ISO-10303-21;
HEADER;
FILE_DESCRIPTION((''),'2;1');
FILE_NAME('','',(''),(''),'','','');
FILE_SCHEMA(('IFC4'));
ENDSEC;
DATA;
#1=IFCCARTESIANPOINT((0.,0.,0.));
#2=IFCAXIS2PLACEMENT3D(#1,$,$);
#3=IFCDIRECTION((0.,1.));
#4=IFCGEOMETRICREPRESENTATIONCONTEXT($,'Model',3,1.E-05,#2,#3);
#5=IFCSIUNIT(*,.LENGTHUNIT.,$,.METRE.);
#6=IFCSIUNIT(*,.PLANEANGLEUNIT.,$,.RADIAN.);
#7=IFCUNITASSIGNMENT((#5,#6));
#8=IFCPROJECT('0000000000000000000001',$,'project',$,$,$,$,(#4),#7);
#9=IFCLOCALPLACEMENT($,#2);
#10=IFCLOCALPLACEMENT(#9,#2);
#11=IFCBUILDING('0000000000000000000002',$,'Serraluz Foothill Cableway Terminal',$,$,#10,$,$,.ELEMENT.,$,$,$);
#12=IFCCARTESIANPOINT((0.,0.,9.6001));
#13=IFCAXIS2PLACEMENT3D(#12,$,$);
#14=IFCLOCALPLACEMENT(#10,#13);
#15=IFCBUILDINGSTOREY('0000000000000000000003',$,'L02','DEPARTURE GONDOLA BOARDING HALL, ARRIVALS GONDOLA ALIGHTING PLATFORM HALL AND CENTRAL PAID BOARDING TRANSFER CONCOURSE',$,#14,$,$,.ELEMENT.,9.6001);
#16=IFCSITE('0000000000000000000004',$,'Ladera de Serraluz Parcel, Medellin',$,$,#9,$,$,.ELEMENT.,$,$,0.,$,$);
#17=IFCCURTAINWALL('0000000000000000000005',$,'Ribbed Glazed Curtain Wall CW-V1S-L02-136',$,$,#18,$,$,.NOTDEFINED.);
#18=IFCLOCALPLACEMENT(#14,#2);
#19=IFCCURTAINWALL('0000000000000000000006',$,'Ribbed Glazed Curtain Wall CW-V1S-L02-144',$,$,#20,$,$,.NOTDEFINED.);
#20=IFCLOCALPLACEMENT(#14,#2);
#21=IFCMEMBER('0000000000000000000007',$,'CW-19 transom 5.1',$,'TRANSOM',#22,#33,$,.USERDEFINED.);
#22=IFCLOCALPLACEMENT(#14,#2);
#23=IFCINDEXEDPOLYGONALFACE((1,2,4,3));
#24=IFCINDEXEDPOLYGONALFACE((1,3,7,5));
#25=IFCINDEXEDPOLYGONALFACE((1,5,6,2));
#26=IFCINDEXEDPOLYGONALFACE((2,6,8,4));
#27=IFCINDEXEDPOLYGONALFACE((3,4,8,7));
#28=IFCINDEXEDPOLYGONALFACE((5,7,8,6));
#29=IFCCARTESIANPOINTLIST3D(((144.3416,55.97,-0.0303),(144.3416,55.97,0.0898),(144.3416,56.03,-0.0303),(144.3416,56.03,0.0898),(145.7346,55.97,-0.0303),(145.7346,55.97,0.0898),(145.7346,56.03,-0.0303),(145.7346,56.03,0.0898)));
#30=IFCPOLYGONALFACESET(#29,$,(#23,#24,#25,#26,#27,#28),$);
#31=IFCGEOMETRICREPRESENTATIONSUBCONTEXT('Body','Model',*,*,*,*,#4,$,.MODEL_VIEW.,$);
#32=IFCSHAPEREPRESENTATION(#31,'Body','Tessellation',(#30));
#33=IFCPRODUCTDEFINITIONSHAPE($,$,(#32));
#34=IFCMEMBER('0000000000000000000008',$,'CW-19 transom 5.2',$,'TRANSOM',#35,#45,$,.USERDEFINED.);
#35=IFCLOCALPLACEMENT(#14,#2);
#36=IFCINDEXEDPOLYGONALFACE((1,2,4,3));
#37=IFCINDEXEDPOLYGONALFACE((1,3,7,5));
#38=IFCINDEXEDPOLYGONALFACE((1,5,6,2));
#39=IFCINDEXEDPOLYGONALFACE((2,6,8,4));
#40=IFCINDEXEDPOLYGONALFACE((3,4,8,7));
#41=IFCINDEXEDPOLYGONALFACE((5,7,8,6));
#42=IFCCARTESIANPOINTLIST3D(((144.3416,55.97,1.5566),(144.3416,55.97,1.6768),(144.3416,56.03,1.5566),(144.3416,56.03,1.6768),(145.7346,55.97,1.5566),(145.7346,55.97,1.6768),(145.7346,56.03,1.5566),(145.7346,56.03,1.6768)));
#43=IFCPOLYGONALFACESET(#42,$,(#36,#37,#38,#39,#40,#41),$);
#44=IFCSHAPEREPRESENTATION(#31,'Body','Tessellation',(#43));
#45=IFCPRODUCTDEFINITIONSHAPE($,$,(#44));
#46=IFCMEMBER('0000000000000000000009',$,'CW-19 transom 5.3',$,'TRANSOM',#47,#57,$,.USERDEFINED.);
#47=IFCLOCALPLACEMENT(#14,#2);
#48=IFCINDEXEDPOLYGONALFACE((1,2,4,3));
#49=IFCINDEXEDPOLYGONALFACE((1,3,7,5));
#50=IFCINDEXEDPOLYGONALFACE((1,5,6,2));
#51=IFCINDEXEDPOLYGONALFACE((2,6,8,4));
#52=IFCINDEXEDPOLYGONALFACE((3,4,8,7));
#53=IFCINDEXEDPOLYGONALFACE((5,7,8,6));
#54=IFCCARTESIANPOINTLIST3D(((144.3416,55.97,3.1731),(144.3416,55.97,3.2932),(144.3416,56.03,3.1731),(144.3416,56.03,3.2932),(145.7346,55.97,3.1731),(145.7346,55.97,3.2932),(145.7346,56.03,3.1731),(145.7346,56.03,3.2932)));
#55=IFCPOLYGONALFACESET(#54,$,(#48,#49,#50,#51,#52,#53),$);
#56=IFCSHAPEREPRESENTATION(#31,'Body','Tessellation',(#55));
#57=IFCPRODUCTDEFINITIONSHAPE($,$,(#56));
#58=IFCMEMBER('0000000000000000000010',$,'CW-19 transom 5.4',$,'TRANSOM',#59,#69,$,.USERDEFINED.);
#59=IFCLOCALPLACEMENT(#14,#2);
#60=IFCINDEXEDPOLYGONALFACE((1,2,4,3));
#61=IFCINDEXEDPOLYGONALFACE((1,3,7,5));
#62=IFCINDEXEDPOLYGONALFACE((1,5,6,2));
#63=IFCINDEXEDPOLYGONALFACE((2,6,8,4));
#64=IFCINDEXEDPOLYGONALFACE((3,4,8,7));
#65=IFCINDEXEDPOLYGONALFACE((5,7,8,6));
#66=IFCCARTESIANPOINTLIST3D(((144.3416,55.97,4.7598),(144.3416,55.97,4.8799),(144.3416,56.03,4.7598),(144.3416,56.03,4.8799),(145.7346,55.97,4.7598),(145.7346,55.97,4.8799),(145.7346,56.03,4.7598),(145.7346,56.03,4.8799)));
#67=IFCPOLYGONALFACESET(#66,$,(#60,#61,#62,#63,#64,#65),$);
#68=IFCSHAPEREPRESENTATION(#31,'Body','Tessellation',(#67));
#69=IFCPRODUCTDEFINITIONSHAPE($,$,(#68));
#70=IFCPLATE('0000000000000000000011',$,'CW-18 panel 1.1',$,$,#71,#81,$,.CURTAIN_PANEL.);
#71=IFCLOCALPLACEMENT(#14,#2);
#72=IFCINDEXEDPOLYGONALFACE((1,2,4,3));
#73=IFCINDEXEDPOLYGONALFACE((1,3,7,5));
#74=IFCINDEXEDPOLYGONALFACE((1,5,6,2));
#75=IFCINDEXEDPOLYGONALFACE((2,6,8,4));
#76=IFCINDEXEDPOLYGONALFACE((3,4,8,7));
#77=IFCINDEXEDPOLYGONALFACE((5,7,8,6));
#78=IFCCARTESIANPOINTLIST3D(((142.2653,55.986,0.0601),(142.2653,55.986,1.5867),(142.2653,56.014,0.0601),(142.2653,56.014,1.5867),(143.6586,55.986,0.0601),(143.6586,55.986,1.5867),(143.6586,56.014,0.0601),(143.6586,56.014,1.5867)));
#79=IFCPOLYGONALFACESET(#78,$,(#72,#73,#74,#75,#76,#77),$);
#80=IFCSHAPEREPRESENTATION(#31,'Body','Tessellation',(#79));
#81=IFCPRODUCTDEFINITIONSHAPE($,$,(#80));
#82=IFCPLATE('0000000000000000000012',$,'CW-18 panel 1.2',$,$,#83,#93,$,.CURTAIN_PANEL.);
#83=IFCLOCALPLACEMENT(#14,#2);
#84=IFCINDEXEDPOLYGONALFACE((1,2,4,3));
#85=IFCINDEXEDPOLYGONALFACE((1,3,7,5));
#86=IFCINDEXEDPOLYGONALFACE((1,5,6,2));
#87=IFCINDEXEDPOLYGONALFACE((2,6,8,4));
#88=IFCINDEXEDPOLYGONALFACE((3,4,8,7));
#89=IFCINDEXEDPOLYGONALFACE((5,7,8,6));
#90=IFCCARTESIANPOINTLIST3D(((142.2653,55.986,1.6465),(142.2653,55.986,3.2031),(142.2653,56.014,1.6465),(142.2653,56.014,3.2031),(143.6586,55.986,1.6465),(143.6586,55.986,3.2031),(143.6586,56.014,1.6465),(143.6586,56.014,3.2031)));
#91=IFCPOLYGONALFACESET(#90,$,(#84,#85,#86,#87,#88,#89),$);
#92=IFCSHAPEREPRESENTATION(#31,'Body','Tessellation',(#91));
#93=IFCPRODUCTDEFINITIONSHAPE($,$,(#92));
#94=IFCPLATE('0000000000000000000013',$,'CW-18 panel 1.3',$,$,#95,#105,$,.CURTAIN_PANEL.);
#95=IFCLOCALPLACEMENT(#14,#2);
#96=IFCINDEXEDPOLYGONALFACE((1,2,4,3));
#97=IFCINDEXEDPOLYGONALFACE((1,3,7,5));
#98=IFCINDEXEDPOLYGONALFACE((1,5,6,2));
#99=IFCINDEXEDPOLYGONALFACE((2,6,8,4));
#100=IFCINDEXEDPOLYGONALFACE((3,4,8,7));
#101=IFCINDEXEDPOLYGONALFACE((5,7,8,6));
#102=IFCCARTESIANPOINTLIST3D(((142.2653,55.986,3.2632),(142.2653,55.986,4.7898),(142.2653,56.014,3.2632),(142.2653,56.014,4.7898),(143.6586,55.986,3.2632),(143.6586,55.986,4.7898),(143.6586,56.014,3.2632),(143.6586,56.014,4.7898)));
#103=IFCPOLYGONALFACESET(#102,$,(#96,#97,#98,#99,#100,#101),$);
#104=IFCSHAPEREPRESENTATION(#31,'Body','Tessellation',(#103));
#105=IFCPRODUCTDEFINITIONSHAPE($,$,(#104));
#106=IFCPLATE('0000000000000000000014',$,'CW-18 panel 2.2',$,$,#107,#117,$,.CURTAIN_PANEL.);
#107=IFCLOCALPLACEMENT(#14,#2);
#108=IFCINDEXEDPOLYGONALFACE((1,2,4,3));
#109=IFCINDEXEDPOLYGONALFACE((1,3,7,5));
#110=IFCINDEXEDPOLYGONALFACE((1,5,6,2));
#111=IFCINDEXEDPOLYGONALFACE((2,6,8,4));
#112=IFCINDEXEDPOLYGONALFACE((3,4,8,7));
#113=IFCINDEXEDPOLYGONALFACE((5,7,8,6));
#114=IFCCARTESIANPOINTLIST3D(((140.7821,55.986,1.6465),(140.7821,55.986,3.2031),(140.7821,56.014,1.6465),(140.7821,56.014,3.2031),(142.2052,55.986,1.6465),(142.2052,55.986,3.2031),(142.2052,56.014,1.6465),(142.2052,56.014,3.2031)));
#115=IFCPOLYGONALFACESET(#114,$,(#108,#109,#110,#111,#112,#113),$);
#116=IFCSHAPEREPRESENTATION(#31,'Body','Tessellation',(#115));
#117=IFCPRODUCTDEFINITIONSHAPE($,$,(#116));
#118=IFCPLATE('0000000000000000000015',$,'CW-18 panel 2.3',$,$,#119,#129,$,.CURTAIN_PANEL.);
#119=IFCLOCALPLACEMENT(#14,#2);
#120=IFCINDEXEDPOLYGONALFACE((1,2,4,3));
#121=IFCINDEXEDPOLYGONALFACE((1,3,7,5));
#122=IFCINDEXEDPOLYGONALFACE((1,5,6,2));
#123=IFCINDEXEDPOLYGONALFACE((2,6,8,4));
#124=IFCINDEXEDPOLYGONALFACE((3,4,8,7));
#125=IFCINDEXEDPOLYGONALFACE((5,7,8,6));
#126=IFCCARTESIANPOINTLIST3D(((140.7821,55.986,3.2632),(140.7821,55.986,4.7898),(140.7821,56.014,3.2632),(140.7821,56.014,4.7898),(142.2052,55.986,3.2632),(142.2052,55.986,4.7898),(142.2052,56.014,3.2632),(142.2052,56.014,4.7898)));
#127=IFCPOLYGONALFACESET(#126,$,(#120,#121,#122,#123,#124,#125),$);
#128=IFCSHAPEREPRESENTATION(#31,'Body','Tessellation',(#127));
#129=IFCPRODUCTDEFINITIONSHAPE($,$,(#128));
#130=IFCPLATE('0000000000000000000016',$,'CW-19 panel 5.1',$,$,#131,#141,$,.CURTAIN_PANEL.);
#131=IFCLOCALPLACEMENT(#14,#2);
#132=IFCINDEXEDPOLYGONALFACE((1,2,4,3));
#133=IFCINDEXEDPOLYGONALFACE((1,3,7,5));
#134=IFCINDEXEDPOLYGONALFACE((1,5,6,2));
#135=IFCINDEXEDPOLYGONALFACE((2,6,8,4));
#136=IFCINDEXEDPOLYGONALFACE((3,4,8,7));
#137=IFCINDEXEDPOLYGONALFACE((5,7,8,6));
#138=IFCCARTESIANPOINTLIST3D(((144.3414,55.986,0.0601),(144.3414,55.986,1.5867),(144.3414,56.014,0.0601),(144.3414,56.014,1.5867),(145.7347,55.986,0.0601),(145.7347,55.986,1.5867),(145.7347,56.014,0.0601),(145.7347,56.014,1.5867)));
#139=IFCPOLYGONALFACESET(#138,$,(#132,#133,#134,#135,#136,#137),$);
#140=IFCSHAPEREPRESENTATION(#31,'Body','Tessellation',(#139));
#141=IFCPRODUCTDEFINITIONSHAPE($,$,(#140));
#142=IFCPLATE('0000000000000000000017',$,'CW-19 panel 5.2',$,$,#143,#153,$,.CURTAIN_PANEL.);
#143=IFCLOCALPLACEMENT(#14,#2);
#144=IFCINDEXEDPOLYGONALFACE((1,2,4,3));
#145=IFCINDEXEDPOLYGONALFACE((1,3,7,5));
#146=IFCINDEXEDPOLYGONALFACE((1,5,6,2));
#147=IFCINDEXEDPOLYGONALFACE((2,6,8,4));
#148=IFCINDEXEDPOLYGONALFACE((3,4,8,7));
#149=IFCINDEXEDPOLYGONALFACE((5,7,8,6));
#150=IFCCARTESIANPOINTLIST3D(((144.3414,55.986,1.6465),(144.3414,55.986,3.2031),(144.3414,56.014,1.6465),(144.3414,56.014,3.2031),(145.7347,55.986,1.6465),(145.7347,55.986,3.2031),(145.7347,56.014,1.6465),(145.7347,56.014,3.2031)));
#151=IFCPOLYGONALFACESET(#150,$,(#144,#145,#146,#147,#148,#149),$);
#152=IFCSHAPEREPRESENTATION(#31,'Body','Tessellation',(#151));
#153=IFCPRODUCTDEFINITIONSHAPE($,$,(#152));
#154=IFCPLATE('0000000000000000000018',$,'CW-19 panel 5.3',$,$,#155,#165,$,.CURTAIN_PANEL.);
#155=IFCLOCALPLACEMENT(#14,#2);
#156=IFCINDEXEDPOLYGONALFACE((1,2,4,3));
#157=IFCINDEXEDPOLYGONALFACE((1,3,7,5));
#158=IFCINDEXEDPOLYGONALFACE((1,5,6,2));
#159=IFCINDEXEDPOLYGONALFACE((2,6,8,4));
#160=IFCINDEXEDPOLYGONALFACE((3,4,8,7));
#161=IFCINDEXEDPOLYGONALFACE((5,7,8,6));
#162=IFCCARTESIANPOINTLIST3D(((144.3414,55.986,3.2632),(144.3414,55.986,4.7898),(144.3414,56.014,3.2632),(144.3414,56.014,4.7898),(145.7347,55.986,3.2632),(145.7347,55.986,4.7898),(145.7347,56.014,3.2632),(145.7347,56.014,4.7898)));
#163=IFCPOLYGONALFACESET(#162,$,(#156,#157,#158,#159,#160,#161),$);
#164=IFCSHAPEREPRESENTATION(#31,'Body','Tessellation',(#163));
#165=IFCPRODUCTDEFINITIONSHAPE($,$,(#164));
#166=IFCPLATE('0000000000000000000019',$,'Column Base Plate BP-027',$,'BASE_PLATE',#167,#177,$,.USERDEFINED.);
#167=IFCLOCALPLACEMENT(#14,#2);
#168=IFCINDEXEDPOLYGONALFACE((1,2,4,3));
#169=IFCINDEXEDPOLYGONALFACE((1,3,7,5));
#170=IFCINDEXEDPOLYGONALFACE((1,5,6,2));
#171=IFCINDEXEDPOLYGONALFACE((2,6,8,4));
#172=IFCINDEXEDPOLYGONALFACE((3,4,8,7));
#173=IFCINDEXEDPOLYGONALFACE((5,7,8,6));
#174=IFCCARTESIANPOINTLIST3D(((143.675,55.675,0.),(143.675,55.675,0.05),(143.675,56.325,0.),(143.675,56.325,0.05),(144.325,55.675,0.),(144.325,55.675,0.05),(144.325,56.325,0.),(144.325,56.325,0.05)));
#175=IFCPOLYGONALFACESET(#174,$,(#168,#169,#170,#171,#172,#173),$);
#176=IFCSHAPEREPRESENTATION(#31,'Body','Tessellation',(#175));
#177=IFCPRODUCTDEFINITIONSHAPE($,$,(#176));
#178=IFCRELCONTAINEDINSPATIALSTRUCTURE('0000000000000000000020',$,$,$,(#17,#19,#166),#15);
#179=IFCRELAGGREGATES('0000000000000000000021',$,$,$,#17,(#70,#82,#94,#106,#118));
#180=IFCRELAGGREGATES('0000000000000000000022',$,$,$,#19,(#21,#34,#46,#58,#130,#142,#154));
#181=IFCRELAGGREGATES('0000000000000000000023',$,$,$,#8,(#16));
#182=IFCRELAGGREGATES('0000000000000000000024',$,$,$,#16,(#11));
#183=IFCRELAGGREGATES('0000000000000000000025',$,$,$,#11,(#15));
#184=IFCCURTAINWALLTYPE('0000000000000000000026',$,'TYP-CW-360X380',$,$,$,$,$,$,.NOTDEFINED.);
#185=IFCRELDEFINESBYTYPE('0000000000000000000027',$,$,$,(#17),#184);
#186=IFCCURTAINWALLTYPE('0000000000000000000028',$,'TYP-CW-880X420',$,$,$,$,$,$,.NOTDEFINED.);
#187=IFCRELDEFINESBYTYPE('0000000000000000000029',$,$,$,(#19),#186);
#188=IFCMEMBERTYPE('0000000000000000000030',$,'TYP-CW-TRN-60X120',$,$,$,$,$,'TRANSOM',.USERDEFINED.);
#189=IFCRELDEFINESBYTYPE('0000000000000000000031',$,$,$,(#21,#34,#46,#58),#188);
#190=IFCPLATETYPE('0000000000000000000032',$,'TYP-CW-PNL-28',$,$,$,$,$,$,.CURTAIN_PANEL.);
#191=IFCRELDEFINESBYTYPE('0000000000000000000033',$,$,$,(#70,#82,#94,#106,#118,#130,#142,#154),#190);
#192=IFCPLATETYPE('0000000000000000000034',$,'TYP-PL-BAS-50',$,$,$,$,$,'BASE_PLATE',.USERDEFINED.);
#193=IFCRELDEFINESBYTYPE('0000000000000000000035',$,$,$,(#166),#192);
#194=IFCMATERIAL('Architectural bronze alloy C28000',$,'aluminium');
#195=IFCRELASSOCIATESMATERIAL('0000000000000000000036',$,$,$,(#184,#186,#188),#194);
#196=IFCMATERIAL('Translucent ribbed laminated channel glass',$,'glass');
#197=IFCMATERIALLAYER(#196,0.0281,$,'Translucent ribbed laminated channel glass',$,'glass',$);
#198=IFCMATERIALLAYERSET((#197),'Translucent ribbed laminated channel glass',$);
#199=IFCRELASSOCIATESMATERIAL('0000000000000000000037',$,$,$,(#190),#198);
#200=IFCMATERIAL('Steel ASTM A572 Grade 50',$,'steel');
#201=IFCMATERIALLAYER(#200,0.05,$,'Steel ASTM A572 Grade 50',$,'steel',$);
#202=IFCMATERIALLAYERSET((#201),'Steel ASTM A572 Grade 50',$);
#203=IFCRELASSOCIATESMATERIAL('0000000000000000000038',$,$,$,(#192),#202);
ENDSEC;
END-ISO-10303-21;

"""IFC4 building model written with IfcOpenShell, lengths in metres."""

from ifc_helpers import new_model, si_unit, direction, frame, origin, origin_2d, place, context, subcontext, project, spatial, rectangle, extrude, material, layer, layer_set, material_profile, profile_set, type_object, element, aggregate, save


model = new_model("IFC4")

# Units and contexts
model_context = context("Model", 3, precision=1e-05, world=origin(), true_north=direction((0.0, 1.0)))
body_context = subcontext(model_context, "Body", "Model", "MODEL_VIEW")
ifc_project = project(units=[si_unit("LENGTHUNIT", "METRE"), si_unit("PLANEANGLEUNIT", "RADIAN")], contexts=[model_context])

# Site, building, storey
site_placement = place(None, origin())
site = spatial("IfcSite", under=ifc_project, at=site_placement, Name="Ladera de Serraluz Parcel, Medellin", CompositionType="ELEMENT", RefElevation=0.0)
building_placement = place(site_placement, origin())
building = spatial("IfcBuilding", under=site, at=building_placement, Name="Serraluz Foothill Cableway Terminal", CompositionType="ELEMENT")
storey_placement = place(building_placement, frame((0.0, 0.0, 9.6001)))
storey = spatial("IfcBuildingStorey", under=building, at=storey_placement, Name="L02", Description="DEPARTURE GONDOLA BOARDING HALL, ARRIVALS GONDOLA ALIGHTING PLATFORM HALL AND CENTRAL PAID BOARDING TRANSFER CONCOURSE", CompositionType="ELEMENT", Elevation=9.6001)

# Curtain wall
ifc_material_1 = material(Name="Architectural bronze alloy C28000", Category="aluminium")
curtain_wall_type_1 = type_object("IfcCurtainWallType", Name="TYP-CW-360X380", PredefinedType="NOTDEFINED", material=ifc_material_1)
curtain_wall_1_placement = place(storey_placement, origin())
curtain_wall_1 = element("IfcCurtainWall", 1, at=curtain_wall_1_placement, inside=storey, type_object=curtain_wall_type_1, Name="Ribbed Glazed Curtain Wall CW-V1S-L02-136", PredefinedType="NOTDEFINED")

# Curtain wall
curtain_wall_type_2 = type_object("IfcCurtainWallType", Name="TYP-CW-880X420", PredefinedType="NOTDEFINED", material=ifc_material_1)
curtain_wall_2_placement = place(storey_placement, origin())
curtain_wall_2 = element("IfcCurtainWall", 2, at=curtain_wall_2_placement, inside=storey, type_object=curtain_wall_type_2, Name="Ribbed Glazed Curtain Wall CW-V1S-L02-144", PredefinedType="NOTDEFINED")

# Members
ifc_material_profile_1 = material_profile(ifc_material_1, rectangle(XDim=0.0601, YDim=0.1201, at=origin_2d()), Name="ALU TRANSOM 60x120")
ifc_profile_set_1 = profile_set([ifc_material_profile_1], Name="Architectural bronze alloy C28000")
member_type_1 = type_object("IfcMemberType", Name="TYP-CW-TRN-60X120", ElementType="TRANSOM", PredefinedType="USERDEFINED", material=ifc_profile_set_1)
member_1_placement = place(storey_placement, frame((145.7346, 56.0, 0.0298), z_axis=(-1.0, 0.0, 0.0), x_axis=(0.0, -1.0, 0.0)))
member_1 = element("IfcMember", 3, at=member_1_placement, type_object=member_type_1, Name="CW-19 transom 5.1", ObjectType="TRANSOM", PredefinedType="USERDEFINED", context=body_context, shape_type="SweptSolid", body=[
    extrude(rectangle(XDim=0.0601, YDim=0.1201, at=origin_2d()), origin(), (0.0, 0.0, 1.0), 1.3931),
])
member_2_placement = place(storey_placement, frame((145.7346, 56.0, 1.6167), z_axis=(-1.0, 0.0, 0.0), x_axis=(0.0, -1.0, 0.0)))
member_2 = element("IfcMember", 4, at=member_2_placement, type_object=member_type_1, Name="CW-19 transom 5.2", ObjectType="TRANSOM", PredefinedType="USERDEFINED", context=body_context, shape_type="SweptSolid", body=[
    extrude(rectangle(XDim=0.0601, YDim=0.1201, at=origin_2d()), origin(), (0.0, 0.0, 1.0), 1.3931),
])
member_3_placement = place(storey_placement, frame((145.7346, 56.0, 3.2332), z_axis=(-1.0, 0.0, 0.0), x_axis=(0.0, -1.0, 0.0)))
member_3 = element("IfcMember", 5, at=member_3_placement, type_object=member_type_1, Name="CW-19 transom 5.3", ObjectType="TRANSOM", PredefinedType="USERDEFINED", context=body_context, shape_type="SweptSolid", body=[
    extrude(rectangle(XDim=0.0601, YDim=0.1201, at=origin_2d()), origin(), (0.0, 0.0, 1.0), 1.3931),
])
member_4_placement = place(storey_placement, frame((145.7346, 56.0, 4.8198), z_axis=(-1.0, 0.0, 0.0), x_axis=(0.0, -1.0, 0.0)))
member_4 = element("IfcMember", 6, at=member_4_placement, type_object=member_type_1, Name="CW-19 transom 5.4", ObjectType="TRANSOM", PredefinedType="USERDEFINED", context=body_context, shape_type="SweptSolid", body=[
    extrude(rectangle(XDim=0.0601, YDim=0.1201, at=origin_2d()), origin(), (0.0, 0.0, 1.0), 1.3931),
])

# Plates
ifc_material_2 = material(Name="Translucent ribbed laminated channel glass", Category="glass")
ifc_layer_1 = layer(ifc_material_2, 0.0281, Name="Translucent ribbed laminated channel glass", Category="glass")
ifc_layer_set_1 = layer_set([ifc_layer_1], Name="Translucent ribbed laminated channel glass")
plate_type_1 = type_object("IfcPlateType", Name="TYP-CW-PNL-28", PredefinedType="CURTAIN_PANEL", material=ifc_layer_set_1)
plate_1_placement = place(storey_placement, frame((142.9619, 56.0, 0.0601), z_axis=(0.0, 0.0, 1.0), x_axis=(-1.0, 0.0, 0.0)))
plate_1 = element("IfcPlate", 7, at=plate_1_placement, type_object=plate_type_1, Name="CW-18 panel 1.1", PredefinedType="CURTAIN_PANEL", context=body_context, shape_type="SweptSolid", body=[
    extrude(rectangle(XDim=1.3933, YDim=0.0281, at=origin_2d()), origin(), (0.0, 0.0, 1.0), 1.5266),
])
plate_2_placement = place(storey_placement, frame((142.9619, 56.0, 1.6465), z_axis=(0.0, 0.0, 1.0), x_axis=(-1.0, 0.0, 0.0)))
plate_2 = element("IfcPlate", 8, at=plate_2_placement, type_object=plate_type_1, Name="CW-18 panel 1.2", PredefinedType="CURTAIN_PANEL", context=body_context, shape_type="SweptSolid", body=[
    extrude(rectangle(XDim=1.3933, YDim=0.0281, at=origin_2d()), origin(), (0.0, 0.0, 1.0), 1.5566),
])
plate_3_placement = place(storey_placement, frame((142.9619, 56.0, 3.2632), z_axis=(0.0, 0.0, 1.0), x_axis=(-1.0, 0.0, 0.0)))
plate_3 = element("IfcPlate", 9, at=plate_3_placement, type_object=plate_type_1, Name="CW-18 panel 1.3", PredefinedType="CURTAIN_PANEL", context=body_context, shape_type="SweptSolid", body=[
    extrude(rectangle(XDim=1.3933, YDim=0.0281, at=origin_2d()), origin(), (0.0, 0.0, 1.0), 1.5266),
])
plate_4_placement = place(storey_placement, frame((141.4937, 56.0, 1.6465), z_axis=(0.0, 0.0, 1.0), x_axis=(-1.0, 0.0, 0.0)))
plate_4 = element("IfcPlate", 10, at=plate_4_placement, type_object=plate_type_1, Name="CW-18 panel 2.2", PredefinedType="CURTAIN_PANEL", context=body_context, shape_type="SweptSolid", body=[
    extrude(rectangle(XDim=1.4231, YDim=0.0281, at=origin_2d()), origin(), (0.0, 0.0, 1.0), 1.5566),
])
plate_5_placement = place(storey_placement, frame((141.4937, 56.0, 3.2632), z_axis=(0.0, 0.0, 1.0), x_axis=(-1.0, 0.0, 0.0)))
plate_5 = element("IfcPlate", 11, at=plate_5_placement, type_object=plate_type_1, Name="CW-18 panel 2.3", PredefinedType="CURTAIN_PANEL", context=body_context, shape_type="SweptSolid", body=[
    extrude(rectangle(XDim=1.4231, YDim=0.0281, at=origin_2d()), origin(), (0.0, 0.0, 1.0), 1.5266),
])
aggregate(curtain_wall_1, [plate_1, plate_2, plate_3, plate_4, plate_5])
plate_6_placement = place(storey_placement, frame((145.0381, 56.0, 0.0601), z_axis=(0.0, 0.0, 1.0), x_axis=(-1.0, 0.0, 0.0)))
plate_6 = element("IfcPlate", 12, at=plate_6_placement, type_object=plate_type_1, Name="CW-19 panel 5.1", PredefinedType="CURTAIN_PANEL", context=body_context, shape_type="SweptSolid", body=[
    extrude(rectangle(XDim=1.3933, YDim=0.0281, at=origin_2d()), origin(), (0.0, 0.0, 1.0), 1.5266),
])
plate_7_placement = place(storey_placement, frame((145.0381, 56.0, 1.6465), z_axis=(0.0, 0.0, 1.0), x_axis=(-1.0, 0.0, 0.0)))
plate_7 = element("IfcPlate", 13, at=plate_7_placement, type_object=plate_type_1, Name="CW-19 panel 5.2", PredefinedType="CURTAIN_PANEL", context=body_context, shape_type="SweptSolid", body=[
    extrude(rectangle(XDim=1.3933, YDim=0.0281, at=origin_2d()), origin(), (0.0, 0.0, 1.0), 1.5566),
])
plate_8_placement = place(storey_placement, frame((145.0381, 56.0, 3.2632), z_axis=(0.0, 0.0, 1.0), x_axis=(-1.0, 0.0, 0.0)))
plate_8 = element("IfcPlate", 14, at=plate_8_placement, type_object=plate_type_1, Name="CW-19 panel 5.3", PredefinedType="CURTAIN_PANEL", context=body_context, shape_type="SweptSolid", body=[
    extrude(rectangle(XDim=1.3933, YDim=0.0281, at=origin_2d()), origin(), (0.0, 0.0, 1.0), 1.5266),
])
aggregate(curtain_wall_2, [member_1, member_2, member_3, member_4, plate_6, plate_7, plate_8])
ifc_material_3 = material(Name="Steel ASTM A572 Grade 50", Category="steel")
ifc_layer_2 = layer(ifc_material_3, 0.05, Name="Steel ASTM A572 Grade 50", Category="steel")
ifc_layer_set_2 = layer_set([ifc_layer_2], Name="Steel ASTM A572 Grade 50")
plate_type_2 = type_object("IfcPlateType", Name="TYP-PL-BAS-50", ElementType="BASE_PLATE", PredefinedType="USERDEFINED", material=ifc_layer_set_2)
plate_9_placement = place(storey_placement, frame((144.0, 56.0, 0.0), z_axis=(0.0, 0.0, 1.0), x_axis=(1.0, 0.0, 0.0)))
element("IfcPlate", 15, at=plate_9_placement, inside=storey, type_object=plate_type_2, Name="Column Base Plate BP-027", ObjectType="BASE_PLATE", PredefinedType="USERDEFINED", context=body_context, shape_type="SweptSolid", body=[
    extrude(rectangle(XDim=0.6499, YDim=0.6499, at=origin_2d()), origin(), (0.0, 0.0, 1.0), 0.05),
])

save(model, "model.ifc")
